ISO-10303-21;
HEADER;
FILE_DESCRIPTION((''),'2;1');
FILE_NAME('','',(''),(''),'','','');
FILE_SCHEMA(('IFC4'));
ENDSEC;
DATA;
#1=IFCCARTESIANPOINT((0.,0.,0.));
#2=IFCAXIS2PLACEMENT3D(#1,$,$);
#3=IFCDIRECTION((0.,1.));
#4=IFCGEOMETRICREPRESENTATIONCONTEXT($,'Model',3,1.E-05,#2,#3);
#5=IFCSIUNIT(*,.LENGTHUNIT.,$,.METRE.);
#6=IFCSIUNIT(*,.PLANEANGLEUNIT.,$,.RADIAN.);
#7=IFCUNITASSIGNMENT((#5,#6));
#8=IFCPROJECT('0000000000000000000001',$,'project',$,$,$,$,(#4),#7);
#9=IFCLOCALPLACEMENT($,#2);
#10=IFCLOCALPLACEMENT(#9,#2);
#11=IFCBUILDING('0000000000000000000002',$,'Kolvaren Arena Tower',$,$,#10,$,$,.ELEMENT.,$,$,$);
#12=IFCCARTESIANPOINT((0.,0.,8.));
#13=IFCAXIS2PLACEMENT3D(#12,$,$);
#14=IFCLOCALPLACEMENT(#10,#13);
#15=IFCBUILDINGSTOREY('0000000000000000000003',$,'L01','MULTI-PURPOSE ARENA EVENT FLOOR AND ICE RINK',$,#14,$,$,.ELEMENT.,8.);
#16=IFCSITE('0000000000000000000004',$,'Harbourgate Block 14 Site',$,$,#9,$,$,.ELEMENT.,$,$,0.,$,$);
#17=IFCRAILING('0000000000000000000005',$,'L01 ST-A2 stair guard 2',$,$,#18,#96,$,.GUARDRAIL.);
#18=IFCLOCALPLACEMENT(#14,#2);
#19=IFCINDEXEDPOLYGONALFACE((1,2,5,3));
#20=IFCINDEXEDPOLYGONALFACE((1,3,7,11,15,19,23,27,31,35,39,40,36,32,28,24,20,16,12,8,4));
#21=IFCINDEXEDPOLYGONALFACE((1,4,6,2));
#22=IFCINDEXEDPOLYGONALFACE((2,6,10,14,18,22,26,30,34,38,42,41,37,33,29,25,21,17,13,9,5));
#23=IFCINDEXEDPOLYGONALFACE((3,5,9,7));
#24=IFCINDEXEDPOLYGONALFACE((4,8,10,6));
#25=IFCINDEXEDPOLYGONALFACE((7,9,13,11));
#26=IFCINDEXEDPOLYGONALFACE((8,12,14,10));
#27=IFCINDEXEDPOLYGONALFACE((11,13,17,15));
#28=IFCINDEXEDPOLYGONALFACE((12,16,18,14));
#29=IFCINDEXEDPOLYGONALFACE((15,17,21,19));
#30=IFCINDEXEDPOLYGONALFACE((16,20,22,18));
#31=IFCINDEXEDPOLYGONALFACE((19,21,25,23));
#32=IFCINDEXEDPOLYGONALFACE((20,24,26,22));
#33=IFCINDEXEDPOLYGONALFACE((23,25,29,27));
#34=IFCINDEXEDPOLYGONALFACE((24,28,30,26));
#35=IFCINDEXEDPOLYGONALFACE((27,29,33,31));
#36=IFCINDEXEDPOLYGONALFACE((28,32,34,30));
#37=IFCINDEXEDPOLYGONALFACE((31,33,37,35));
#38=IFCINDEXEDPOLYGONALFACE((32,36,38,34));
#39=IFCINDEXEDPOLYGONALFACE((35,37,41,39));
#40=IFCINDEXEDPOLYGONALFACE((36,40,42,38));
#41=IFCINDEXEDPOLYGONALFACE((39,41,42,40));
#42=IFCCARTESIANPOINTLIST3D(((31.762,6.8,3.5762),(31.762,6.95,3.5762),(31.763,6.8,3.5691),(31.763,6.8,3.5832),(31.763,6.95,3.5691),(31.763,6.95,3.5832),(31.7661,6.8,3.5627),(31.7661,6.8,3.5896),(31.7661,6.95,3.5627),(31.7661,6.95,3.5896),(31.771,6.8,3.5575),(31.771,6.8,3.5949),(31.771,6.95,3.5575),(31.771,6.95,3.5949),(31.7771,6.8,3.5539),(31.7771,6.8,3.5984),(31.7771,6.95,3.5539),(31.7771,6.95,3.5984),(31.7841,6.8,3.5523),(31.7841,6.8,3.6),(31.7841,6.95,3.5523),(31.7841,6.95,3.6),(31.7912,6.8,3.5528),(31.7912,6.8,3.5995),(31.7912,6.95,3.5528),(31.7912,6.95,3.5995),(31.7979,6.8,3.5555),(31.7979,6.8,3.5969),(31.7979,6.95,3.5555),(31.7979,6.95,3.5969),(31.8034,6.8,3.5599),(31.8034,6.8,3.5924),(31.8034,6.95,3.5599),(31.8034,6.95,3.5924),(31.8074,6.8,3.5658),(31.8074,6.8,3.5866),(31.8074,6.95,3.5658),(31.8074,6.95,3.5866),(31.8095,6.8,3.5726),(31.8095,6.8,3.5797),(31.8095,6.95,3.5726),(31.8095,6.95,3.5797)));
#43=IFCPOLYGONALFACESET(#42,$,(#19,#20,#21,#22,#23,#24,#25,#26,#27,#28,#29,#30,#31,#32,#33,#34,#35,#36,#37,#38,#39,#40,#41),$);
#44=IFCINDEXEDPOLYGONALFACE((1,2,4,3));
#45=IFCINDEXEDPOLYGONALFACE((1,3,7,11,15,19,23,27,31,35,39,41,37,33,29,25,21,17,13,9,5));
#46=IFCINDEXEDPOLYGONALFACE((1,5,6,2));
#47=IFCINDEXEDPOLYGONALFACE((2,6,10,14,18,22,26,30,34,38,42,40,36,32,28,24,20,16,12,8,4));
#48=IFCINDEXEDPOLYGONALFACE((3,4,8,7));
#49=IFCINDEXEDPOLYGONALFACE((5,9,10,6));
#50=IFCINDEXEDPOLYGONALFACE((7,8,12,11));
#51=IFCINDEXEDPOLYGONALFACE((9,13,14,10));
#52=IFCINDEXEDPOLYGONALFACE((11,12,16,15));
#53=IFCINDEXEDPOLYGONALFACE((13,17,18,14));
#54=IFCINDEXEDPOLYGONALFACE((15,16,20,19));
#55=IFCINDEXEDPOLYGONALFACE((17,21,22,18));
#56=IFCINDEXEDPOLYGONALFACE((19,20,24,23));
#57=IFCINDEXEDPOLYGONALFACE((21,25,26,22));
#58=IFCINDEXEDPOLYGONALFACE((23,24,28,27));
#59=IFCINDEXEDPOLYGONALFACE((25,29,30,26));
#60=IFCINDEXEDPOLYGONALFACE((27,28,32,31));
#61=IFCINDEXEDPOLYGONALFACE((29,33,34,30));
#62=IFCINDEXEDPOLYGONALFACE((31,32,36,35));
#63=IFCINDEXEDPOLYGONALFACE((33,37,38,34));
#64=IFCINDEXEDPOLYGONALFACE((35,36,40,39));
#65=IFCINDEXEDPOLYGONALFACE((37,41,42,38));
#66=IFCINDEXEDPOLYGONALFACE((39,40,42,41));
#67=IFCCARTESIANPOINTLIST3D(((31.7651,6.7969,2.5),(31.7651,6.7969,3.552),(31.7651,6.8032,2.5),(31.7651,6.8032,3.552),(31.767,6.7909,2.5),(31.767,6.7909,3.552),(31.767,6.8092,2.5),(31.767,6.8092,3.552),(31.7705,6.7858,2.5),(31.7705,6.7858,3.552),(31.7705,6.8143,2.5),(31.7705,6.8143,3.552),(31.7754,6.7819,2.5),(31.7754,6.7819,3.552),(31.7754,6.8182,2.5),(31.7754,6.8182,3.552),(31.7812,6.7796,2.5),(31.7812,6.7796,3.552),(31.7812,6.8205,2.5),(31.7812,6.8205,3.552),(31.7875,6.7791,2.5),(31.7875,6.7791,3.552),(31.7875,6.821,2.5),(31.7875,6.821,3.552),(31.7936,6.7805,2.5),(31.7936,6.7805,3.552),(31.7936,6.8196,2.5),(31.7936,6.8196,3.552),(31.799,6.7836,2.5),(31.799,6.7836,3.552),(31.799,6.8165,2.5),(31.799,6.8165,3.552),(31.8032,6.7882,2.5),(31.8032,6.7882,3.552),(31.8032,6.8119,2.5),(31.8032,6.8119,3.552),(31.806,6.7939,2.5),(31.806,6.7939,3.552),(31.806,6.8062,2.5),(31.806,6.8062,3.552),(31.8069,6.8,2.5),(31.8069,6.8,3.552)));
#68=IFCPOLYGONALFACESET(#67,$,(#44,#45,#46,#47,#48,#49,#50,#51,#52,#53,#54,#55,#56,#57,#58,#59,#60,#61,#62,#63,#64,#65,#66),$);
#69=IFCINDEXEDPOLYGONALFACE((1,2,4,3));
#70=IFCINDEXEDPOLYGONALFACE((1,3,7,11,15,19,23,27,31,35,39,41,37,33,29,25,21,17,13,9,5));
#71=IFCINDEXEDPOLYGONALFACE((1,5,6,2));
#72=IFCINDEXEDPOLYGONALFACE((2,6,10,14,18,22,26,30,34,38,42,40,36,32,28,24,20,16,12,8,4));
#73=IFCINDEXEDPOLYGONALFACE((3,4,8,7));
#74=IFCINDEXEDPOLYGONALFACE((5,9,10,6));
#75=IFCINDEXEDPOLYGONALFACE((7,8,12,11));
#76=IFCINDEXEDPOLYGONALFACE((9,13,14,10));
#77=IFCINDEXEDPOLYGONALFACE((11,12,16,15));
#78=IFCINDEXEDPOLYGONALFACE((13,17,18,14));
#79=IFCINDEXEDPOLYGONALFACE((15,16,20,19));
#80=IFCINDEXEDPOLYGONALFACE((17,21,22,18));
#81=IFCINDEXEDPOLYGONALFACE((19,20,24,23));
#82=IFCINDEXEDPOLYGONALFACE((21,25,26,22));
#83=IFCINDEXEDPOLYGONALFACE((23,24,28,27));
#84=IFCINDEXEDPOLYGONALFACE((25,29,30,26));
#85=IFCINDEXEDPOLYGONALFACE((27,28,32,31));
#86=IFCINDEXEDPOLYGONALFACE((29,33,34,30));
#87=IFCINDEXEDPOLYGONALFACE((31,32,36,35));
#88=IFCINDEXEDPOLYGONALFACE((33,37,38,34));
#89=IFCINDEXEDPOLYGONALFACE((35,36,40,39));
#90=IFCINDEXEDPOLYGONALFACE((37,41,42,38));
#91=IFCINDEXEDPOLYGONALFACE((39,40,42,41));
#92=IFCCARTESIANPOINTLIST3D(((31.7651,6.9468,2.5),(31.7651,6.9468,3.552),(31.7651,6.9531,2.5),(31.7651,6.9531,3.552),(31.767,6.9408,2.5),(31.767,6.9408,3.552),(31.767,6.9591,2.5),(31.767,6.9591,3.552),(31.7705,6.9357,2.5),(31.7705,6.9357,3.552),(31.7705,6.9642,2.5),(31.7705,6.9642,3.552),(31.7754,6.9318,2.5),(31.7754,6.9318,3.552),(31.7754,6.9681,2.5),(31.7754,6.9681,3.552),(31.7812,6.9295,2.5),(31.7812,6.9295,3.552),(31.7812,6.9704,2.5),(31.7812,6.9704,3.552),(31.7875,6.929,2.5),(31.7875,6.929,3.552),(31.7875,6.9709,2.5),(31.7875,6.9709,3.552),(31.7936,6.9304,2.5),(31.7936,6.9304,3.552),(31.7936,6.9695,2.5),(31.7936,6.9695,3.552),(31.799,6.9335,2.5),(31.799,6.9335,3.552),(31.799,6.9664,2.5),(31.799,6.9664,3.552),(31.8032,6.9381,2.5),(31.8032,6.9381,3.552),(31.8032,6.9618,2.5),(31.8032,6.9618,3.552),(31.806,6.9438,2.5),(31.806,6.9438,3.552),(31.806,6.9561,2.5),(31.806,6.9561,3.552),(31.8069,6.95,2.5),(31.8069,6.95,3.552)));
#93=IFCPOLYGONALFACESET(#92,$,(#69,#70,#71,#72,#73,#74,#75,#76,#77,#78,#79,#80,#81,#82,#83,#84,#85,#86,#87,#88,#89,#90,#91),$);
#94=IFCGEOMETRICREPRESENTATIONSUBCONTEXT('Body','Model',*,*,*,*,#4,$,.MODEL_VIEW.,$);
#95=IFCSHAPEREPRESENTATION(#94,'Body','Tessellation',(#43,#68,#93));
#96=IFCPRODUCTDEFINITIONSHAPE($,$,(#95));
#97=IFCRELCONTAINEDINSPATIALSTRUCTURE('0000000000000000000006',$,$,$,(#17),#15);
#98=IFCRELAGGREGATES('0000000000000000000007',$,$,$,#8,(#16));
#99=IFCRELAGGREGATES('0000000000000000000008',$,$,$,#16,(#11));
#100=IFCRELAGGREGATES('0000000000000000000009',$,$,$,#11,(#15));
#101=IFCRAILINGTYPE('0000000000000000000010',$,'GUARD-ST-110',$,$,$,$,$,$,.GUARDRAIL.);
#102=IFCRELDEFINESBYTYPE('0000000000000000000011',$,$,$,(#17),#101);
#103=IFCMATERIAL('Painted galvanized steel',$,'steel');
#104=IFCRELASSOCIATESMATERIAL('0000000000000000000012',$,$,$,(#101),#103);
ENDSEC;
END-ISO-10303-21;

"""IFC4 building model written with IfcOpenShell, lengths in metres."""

from ifc_helpers import new_model, si_unit, direction, frame, origin, origin_2d, place, context, subcontext, project, spatial, circle, extrude, material, type_object, element, save


model = new_model("IFC4")

# Units and contexts
model_context = context("Model", 3, precision=1e-05, world=origin(), true_north=direction((0.0, 1.0)))
body_context = subcontext(model_context, "Body", "Model", "MODEL_VIEW")
ifc_project = project(units=[si_unit("LENGTHUNIT", "METRE"), si_unit("PLANEANGLEUNIT", "RADIAN")], contexts=[model_context])

# Site, building, storey
site_placement = place(None, origin())
site = spatial("IfcSite", under=ifc_project, at=site_placement, Name="Harbourgate Block 14 Site", CompositionType="ELEMENT", RefElevation=0.0)
building_placement = place(site_placement, origin())
building = spatial("IfcBuilding", under=site, at=building_placement, Name="Kolvaren Arena Tower", CompositionType="ELEMENT")
storey_placement = place(building_placement, frame((0.0, 0.0, 8.0)))
storey = spatial("IfcBuildingStorey", under=building, at=storey_placement, Name="L01", Description="MULTI-PURPOSE ARENA EVENT FLOOR AND ICE RINK", CompositionType="ELEMENT", Elevation=8.0)

# Railing
ifc_material_1 = material(Name="Painted galvanized steel", Category="steel")
railing_type_1 = type_object("IfcRailingType", Name="GUARD-ST-110", PredefinedType="GUARDRAIL", material=ifc_material_1)
railing_1_placement = place(storey_placement, frame((31.7859, 6.8, 2.5)))
element("IfcRailing", 1, at=railing_1_placement, inside=storey, type_object=railing_type_1, Name="L01 ST-A2 stair guard 2", PredefinedType="GUARDRAIL", context=body_context, shape_type="SweptSolid", body=[
    extrude(circle(Radius=0.0239, at=origin_2d()), frame((0.0, 0.0, 1.0762), z_axis=(0.0, 1.0, 0.0), x_axis=(-1.0, 0.0, 0.0)), (0.0, 0.0, 1.0), 0.1499),
    extrude(circle(Radius=0.021, at=origin_2d()), origin(), (0.0, 0.0, 1.0), 1.052),
    extrude(circle(Radius=0.021, at=origin_2d()), frame((0.0, 0.1499, 0.0)), (0.0, 0.0, 1.0), 1.052),
])

save(model, "model.ifc")
